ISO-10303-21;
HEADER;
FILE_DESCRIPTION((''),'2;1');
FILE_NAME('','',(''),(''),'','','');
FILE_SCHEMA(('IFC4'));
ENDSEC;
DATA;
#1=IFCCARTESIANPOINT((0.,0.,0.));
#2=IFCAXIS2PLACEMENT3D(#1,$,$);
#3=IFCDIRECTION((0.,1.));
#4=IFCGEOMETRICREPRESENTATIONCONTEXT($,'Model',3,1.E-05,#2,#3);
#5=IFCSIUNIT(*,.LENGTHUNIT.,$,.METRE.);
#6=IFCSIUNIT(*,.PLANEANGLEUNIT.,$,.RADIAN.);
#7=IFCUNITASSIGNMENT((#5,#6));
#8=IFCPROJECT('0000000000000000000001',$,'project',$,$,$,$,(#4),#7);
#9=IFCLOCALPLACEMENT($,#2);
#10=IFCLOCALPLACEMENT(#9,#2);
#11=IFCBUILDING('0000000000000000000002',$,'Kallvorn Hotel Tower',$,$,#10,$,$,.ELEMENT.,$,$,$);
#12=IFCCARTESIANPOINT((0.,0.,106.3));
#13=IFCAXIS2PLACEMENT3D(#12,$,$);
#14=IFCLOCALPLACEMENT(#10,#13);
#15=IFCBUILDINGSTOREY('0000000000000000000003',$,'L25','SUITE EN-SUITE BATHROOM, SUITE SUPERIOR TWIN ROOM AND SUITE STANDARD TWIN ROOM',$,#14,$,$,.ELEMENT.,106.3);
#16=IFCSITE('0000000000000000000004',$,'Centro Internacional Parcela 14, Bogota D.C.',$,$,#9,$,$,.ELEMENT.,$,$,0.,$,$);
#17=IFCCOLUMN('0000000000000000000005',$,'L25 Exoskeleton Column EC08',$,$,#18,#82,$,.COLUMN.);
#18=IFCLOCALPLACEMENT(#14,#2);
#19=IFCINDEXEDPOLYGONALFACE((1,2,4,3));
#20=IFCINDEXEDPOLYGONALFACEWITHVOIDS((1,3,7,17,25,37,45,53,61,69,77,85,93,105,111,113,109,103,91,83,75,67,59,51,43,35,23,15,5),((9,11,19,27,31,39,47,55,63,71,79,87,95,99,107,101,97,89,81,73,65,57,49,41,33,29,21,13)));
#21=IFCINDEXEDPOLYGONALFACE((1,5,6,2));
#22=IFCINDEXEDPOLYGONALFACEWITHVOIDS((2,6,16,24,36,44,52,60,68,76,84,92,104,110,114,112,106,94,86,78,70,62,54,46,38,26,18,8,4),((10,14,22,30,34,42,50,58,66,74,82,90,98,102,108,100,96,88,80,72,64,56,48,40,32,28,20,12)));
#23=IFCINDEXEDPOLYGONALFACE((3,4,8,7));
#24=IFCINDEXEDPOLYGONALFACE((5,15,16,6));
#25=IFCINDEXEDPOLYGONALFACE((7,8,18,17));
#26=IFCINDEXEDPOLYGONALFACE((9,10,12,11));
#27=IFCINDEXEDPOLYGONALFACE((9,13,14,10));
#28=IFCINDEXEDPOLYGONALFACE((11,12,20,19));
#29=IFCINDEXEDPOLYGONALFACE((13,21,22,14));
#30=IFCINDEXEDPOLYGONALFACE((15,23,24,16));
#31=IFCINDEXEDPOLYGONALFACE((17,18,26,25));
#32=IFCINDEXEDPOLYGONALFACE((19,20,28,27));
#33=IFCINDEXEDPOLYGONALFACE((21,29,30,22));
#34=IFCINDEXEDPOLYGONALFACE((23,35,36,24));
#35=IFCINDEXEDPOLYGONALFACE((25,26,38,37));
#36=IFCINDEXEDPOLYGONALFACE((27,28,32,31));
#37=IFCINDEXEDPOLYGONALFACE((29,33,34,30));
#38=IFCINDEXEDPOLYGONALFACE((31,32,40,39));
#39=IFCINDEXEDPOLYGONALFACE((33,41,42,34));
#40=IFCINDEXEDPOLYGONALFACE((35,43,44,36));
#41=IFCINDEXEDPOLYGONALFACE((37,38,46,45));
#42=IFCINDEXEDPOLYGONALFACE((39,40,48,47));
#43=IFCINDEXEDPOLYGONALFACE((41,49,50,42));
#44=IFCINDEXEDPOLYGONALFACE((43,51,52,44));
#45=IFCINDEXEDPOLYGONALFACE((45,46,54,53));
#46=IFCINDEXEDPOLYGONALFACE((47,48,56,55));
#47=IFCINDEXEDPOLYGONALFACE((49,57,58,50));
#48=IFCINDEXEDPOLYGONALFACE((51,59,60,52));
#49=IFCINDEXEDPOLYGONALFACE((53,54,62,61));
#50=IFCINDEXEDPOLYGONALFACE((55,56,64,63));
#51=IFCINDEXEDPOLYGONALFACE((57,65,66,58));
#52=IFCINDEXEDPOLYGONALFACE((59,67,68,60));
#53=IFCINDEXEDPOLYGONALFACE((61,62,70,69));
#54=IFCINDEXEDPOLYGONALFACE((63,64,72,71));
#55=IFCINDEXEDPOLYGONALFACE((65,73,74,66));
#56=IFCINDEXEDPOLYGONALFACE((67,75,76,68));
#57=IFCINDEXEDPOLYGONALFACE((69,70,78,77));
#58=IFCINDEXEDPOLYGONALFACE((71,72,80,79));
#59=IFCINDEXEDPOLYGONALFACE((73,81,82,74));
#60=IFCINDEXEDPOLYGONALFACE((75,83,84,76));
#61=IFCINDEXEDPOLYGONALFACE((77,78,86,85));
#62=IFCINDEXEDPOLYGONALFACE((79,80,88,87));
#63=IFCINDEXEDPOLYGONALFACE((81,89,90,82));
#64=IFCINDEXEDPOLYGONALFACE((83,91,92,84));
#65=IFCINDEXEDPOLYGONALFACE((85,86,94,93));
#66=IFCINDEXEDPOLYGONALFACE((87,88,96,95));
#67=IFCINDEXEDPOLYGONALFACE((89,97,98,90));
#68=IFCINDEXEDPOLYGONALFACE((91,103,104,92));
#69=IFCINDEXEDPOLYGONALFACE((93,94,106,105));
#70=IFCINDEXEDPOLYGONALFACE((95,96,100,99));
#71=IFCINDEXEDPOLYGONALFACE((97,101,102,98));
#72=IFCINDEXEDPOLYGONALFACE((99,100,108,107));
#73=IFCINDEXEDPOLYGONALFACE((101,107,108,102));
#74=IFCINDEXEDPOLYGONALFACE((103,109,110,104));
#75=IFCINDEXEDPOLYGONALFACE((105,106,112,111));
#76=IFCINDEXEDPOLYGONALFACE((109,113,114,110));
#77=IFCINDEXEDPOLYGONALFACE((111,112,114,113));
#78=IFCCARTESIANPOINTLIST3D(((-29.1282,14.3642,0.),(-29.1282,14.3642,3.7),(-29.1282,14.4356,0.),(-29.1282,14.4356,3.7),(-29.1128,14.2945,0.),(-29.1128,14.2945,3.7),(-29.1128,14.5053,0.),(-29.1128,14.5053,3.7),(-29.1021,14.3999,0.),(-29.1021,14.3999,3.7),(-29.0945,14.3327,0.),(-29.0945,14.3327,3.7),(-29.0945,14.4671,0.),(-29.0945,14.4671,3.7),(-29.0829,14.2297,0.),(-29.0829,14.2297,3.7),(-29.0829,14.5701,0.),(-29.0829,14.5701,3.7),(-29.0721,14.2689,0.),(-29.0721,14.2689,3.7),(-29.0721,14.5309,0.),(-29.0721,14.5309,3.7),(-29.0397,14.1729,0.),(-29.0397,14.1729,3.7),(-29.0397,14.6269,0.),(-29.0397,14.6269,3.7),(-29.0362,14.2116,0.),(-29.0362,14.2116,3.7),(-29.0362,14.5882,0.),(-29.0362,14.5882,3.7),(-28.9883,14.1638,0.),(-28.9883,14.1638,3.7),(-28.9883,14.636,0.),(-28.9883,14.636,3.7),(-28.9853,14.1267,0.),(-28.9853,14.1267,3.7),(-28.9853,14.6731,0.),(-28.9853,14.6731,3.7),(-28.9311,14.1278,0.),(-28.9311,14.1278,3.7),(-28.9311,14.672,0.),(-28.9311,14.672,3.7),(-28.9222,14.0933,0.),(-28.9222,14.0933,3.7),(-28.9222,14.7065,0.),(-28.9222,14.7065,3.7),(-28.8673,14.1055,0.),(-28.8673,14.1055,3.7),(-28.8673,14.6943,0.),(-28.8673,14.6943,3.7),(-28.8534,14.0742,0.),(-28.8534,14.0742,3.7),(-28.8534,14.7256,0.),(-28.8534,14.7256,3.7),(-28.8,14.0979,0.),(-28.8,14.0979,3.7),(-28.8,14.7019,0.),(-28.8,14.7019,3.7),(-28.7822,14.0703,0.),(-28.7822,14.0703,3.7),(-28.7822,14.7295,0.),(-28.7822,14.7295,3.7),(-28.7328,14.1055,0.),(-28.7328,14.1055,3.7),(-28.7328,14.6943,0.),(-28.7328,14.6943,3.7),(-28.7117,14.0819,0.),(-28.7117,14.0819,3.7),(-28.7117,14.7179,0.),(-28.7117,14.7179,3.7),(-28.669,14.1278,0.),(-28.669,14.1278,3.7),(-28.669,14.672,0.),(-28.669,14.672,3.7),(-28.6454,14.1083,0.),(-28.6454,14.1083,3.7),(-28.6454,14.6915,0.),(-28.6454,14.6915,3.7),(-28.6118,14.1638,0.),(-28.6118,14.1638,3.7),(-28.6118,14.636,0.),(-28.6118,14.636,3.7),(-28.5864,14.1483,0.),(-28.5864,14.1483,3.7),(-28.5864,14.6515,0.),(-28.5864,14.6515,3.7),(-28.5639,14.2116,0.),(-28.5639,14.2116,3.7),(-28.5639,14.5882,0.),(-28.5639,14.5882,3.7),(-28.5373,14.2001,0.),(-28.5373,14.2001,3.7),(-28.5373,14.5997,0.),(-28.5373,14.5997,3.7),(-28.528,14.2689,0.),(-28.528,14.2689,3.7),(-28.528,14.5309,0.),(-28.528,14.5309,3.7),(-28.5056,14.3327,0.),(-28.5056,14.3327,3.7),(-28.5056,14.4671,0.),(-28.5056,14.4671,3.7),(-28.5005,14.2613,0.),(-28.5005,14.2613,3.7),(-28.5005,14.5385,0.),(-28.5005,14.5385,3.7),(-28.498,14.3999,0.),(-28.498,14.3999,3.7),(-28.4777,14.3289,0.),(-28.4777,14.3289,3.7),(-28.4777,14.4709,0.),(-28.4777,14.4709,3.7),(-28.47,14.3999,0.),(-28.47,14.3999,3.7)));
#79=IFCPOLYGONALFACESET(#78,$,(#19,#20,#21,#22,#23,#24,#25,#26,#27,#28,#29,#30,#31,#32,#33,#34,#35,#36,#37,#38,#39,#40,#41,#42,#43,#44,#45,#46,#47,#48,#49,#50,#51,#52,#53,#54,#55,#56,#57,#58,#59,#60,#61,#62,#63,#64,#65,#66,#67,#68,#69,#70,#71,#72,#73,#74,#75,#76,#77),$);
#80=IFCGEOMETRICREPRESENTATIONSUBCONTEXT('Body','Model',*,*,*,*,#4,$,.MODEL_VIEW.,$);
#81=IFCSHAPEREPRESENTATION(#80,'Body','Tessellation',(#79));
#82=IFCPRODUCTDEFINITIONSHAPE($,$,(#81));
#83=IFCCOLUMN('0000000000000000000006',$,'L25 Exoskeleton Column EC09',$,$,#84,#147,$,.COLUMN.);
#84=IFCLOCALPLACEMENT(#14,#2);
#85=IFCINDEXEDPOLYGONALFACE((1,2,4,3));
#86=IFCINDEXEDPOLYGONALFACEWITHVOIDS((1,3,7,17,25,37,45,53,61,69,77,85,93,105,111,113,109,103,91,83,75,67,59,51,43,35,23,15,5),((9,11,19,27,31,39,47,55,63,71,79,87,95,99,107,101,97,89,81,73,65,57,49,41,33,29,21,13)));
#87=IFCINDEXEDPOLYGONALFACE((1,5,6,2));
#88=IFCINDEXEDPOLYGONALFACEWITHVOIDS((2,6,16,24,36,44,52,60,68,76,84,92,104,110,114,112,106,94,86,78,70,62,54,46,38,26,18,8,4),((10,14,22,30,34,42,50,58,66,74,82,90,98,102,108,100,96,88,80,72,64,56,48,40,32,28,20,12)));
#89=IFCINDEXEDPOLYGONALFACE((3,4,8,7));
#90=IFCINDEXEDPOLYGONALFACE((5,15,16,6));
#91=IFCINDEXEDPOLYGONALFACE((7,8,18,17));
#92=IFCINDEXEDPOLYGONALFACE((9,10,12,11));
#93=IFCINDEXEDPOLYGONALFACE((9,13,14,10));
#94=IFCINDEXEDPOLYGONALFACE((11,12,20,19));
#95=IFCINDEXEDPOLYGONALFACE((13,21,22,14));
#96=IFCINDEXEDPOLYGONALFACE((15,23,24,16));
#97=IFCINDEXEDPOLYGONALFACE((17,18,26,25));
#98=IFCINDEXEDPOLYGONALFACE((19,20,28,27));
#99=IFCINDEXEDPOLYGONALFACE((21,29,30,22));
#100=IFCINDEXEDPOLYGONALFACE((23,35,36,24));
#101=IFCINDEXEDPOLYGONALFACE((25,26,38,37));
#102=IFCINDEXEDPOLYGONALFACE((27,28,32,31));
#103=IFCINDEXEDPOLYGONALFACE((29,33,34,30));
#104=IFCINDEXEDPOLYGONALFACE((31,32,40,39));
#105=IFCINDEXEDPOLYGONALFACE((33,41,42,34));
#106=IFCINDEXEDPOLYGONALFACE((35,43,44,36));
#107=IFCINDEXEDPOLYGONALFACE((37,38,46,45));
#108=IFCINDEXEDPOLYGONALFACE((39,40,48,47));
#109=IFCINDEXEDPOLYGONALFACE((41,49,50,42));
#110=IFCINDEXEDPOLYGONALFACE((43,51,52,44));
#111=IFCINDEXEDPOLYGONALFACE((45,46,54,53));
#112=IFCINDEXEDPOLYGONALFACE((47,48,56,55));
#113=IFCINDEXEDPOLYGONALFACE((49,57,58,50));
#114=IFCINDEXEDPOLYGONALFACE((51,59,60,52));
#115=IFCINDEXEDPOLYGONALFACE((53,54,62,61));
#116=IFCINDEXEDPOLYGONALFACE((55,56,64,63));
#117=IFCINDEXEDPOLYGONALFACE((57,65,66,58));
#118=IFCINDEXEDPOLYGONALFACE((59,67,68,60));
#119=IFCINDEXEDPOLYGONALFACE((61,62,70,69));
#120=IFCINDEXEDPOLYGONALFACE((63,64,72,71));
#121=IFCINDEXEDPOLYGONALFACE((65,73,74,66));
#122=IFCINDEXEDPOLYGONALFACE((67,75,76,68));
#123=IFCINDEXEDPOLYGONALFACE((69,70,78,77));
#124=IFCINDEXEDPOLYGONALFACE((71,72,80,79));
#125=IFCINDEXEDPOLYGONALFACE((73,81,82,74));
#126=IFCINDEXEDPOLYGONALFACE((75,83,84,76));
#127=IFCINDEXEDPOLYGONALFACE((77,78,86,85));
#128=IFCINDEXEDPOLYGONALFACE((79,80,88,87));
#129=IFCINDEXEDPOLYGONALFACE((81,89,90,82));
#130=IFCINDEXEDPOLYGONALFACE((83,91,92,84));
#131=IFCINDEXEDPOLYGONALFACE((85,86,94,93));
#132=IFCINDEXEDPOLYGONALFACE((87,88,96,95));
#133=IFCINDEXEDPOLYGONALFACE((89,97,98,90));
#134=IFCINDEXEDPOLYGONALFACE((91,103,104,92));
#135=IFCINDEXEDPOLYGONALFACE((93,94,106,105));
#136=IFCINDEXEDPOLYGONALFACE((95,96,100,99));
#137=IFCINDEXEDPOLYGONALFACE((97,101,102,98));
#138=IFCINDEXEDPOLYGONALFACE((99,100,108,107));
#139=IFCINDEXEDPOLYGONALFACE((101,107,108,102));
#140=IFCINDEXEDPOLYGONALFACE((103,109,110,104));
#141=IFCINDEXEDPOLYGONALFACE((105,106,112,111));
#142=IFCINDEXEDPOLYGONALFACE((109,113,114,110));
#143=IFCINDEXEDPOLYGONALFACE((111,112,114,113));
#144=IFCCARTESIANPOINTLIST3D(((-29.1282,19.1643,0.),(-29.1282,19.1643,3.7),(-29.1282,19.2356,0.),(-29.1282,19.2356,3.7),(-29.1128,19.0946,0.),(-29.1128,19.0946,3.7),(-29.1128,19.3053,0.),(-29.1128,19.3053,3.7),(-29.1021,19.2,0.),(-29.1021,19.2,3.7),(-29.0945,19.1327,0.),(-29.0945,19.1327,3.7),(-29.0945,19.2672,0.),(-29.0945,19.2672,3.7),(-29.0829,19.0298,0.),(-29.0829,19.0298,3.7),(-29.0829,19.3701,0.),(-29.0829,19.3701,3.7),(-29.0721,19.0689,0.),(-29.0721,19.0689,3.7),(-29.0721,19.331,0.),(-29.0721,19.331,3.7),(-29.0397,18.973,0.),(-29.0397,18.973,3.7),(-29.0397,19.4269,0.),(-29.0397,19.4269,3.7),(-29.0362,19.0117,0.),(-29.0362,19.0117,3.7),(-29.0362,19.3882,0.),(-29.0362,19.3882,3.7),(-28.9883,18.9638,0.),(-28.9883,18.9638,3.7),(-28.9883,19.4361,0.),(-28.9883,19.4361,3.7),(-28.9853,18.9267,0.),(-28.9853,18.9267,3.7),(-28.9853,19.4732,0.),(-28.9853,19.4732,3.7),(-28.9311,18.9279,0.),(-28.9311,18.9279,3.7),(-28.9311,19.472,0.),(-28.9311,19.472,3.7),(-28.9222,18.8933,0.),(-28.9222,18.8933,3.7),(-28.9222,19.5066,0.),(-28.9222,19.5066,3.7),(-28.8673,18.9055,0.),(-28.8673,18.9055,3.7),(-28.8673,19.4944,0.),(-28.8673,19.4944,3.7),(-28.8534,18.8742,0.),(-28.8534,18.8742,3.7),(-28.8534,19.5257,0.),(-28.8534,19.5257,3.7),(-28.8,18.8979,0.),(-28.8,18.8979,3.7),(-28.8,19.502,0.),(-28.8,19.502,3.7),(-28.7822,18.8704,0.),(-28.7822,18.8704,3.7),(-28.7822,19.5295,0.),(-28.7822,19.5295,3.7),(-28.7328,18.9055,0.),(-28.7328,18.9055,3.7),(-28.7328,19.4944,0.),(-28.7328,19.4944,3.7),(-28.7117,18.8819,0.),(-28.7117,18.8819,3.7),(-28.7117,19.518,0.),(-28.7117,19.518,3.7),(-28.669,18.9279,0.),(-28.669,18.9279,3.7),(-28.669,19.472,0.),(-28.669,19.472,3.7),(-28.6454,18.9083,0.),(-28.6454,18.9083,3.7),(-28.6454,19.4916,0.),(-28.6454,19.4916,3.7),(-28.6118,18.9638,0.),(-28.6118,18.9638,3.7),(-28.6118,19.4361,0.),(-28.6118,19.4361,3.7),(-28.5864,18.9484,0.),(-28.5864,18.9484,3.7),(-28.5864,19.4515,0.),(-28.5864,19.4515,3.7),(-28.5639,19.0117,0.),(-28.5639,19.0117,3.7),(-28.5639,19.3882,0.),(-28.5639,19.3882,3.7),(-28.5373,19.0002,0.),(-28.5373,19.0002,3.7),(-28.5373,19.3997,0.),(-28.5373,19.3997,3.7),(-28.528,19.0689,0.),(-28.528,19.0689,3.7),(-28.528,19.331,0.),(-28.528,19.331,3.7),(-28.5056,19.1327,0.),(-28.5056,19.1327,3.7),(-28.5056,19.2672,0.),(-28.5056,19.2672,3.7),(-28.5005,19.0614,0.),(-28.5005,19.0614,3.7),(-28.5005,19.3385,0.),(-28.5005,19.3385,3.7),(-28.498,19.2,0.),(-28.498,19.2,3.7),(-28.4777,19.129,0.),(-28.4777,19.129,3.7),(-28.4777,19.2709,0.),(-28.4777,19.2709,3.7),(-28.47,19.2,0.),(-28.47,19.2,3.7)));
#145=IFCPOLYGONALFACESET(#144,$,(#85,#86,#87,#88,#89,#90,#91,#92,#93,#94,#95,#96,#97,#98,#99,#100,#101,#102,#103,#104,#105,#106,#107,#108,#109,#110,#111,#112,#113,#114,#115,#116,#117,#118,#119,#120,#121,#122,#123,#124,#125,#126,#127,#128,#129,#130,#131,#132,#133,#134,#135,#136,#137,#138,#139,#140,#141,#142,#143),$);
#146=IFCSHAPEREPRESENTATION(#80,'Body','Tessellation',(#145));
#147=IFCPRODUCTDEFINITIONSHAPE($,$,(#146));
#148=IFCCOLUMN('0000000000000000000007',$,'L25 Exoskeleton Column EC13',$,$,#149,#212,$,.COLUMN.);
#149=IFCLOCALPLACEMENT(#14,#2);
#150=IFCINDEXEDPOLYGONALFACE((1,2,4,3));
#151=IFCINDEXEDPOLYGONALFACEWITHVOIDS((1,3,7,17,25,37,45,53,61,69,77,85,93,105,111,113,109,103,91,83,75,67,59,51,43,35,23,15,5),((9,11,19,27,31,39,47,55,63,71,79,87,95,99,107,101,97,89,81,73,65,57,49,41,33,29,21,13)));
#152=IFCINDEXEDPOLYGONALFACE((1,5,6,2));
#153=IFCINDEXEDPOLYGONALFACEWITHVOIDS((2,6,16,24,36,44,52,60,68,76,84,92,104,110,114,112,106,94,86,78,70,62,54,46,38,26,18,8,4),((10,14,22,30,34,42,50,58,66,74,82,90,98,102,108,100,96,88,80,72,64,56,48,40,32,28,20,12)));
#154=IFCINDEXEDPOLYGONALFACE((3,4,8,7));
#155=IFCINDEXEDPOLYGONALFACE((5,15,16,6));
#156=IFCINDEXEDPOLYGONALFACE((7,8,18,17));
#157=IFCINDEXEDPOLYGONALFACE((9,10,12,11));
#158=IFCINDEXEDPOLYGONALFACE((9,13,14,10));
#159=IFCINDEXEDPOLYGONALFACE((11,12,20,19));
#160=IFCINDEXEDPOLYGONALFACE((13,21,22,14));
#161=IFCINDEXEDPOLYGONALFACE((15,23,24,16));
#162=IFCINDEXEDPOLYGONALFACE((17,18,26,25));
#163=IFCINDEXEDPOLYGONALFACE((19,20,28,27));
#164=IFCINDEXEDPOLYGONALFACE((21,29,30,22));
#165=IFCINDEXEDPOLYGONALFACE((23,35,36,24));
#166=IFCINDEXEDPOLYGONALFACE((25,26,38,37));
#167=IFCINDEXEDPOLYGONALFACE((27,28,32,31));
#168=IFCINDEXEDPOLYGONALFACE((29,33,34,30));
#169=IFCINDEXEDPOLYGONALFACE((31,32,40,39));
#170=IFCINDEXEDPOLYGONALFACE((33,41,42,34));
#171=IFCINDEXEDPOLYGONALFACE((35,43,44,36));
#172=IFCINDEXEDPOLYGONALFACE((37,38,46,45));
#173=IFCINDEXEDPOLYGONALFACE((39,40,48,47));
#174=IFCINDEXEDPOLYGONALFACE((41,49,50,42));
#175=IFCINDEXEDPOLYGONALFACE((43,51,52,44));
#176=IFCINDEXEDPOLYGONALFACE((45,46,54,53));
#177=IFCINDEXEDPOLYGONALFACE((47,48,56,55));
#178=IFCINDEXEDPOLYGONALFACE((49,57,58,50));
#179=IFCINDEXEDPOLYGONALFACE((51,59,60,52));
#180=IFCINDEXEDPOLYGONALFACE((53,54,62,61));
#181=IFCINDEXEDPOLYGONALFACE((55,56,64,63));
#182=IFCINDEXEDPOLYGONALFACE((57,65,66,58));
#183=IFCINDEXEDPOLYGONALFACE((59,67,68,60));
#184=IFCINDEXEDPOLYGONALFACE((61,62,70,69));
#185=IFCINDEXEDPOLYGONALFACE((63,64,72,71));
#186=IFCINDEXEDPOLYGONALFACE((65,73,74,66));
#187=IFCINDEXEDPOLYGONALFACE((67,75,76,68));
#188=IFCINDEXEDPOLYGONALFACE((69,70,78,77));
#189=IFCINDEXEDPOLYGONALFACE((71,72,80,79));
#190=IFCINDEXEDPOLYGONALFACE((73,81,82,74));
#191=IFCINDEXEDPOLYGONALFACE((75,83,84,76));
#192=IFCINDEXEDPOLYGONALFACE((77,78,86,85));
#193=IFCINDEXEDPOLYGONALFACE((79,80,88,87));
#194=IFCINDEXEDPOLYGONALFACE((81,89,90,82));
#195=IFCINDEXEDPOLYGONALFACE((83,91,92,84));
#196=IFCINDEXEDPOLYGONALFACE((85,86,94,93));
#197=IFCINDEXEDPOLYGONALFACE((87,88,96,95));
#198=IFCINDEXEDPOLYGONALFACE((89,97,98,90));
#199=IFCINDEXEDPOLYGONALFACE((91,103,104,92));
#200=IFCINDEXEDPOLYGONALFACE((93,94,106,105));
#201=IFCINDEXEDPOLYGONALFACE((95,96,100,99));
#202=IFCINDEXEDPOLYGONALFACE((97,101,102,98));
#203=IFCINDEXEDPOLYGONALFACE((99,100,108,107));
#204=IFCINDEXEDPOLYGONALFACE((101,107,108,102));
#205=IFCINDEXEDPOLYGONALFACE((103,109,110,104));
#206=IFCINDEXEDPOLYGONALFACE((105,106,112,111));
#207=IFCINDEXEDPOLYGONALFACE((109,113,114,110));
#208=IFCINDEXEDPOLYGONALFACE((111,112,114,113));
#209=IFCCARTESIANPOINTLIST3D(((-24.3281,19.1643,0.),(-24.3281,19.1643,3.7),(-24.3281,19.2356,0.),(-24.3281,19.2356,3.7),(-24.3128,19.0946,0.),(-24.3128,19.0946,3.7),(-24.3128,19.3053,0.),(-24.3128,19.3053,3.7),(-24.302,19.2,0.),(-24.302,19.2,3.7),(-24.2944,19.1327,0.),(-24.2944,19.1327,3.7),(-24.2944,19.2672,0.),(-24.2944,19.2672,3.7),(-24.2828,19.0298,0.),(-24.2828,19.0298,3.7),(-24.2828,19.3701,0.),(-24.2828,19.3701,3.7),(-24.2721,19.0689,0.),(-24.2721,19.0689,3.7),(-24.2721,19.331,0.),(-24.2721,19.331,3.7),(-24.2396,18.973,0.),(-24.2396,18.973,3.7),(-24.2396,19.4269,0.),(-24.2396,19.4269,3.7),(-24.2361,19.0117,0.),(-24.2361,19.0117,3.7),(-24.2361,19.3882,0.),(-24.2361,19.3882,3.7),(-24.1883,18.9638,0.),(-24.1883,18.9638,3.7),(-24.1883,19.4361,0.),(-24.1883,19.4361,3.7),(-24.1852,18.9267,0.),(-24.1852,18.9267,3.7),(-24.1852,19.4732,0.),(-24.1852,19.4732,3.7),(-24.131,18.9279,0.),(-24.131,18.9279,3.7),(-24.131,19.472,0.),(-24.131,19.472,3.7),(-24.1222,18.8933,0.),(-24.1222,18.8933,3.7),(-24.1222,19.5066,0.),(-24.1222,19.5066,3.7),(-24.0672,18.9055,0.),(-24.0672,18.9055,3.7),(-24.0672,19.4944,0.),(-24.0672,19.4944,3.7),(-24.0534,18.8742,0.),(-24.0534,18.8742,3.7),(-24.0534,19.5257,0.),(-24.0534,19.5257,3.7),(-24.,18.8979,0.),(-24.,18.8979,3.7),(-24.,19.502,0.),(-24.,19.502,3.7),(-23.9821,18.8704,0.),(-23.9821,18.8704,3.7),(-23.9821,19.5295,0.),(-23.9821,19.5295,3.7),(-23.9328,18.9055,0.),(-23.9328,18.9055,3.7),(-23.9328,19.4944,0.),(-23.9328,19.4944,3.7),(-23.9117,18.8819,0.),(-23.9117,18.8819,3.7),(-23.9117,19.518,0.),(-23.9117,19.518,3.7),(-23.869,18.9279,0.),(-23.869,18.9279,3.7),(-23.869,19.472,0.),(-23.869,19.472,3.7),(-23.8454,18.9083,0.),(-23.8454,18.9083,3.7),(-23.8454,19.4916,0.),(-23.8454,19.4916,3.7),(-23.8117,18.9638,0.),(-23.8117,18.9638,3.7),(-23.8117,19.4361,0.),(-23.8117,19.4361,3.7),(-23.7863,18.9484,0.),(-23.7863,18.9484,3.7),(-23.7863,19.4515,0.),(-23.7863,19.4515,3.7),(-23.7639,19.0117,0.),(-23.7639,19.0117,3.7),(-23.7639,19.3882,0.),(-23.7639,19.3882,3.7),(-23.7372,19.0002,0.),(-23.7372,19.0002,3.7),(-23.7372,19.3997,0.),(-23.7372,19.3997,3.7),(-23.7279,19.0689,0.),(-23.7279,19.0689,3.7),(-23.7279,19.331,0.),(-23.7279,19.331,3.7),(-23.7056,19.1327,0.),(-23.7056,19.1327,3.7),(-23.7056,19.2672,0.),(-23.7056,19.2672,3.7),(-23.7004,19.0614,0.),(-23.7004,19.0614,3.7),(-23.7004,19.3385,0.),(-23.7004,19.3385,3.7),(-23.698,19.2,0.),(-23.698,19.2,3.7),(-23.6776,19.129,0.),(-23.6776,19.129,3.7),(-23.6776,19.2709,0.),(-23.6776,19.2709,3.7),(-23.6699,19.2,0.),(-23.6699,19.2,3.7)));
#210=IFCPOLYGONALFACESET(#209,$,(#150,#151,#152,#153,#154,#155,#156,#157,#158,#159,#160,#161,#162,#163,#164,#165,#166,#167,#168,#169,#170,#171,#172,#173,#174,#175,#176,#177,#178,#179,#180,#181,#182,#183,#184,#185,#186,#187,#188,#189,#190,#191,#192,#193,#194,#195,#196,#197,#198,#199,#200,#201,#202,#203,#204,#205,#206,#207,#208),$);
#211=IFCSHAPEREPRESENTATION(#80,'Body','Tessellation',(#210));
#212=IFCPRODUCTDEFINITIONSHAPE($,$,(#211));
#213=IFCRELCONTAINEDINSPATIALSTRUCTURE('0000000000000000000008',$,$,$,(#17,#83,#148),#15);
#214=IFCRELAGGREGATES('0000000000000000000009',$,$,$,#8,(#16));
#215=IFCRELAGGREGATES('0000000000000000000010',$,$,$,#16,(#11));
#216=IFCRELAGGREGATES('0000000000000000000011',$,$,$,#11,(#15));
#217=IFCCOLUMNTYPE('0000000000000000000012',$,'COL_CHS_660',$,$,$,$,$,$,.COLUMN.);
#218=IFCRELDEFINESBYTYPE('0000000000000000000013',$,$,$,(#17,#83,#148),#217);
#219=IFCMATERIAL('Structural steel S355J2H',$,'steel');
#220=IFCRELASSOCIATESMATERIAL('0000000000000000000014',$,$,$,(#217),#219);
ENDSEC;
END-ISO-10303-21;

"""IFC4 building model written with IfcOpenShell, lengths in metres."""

from ifc_helpers import new_model, si_unit, direction, frame, origin, origin_2d, place, context, subcontext, project, spatial, hollow_circle, extrude, material, material_profile, profile_set, type_object, element, save


model = new_model("IFC4")

# Units and contexts
model_context = context("Model", 3, precision=1e-05, world=origin(), true_north=direction((0.0, 1.0)))
body_context = subcontext(model_context, "Body", "Model", "MODEL_VIEW")
ifc_project = project(units=[si_unit("LENGTHUNIT", "METRE"), si_unit("PLANEANGLEUNIT", "RADIAN")], contexts=[model_context])

# Site, building, storey
site_placement = place(None, origin())
site = spatial("IfcSite", under=ifc_project, at=site_placement, Name="Centro Internacional Parcela 14, Bogota D.C.", CompositionType="ELEMENT", RefElevation=0.0)
building_placement = place(site_placement, origin())
building = spatial("IfcBuilding", under=site, at=building_placement, Name="Kallvorn Hotel Tower", CompositionType="ELEMENT")
storey_placement = place(building_placement, frame((0.0, 0.0, 106.3)))
storey = spatial("IfcBuildingStorey", under=building, at=storey_placement, Name="L25", Description="SUITE EN-SUITE BATHROOM, SUITE SUPERIOR TWIN ROOM AND SUITE STANDARD TWIN ROOM", CompositionType="ELEMENT", Elevation=106.3)

# Columns
ifc_material_1 = material(Name="Structural steel S355J2H", Category="steel")
ifc_material_profile_1 = material_profile(ifc_material_1, hollow_circle(Radius=0.3301, WallThickness=0.0281, at=origin_2d()), Name="CHS 660x28")
ifc_profile_set_1 = profile_set([ifc_material_profile_1], Name="Structural steel S355J2H")
column_type_1 = type_object("IfcColumnType", Name="COL_CHS_660", PredefinedType="COLUMN", material=ifc_profile_set_1)
for number, where, z_axis, x_axis, name in (
    (1, (-28.8, 14.3999, 0.0), (0.0, 0.0, 1.0), (1.0, 0.0, 0.0), "L25 Exoskeleton Column EC08"),
    (2, (-28.8, 19.2, 0.0), (0.0, 0.0, 1.0), (1.0, 0.0, 0.0), "L25 Exoskeleton Column EC09"),
    (3, (-24.0, 19.2, 0.0), (0.0, 0.0, 1.0), (1.0, 0.0, 0.0), "L25 Exoskeleton Column EC13"),
):
    element("IfcColumn", number, at=place(storey_placement, frame(where, z_axis=z_axis, x_axis=x_axis)), inside=storey, type_object=column_type_1, Name=name, PredefinedType="COLUMN", context=body_context, shape_type="SweptSolid", body=[
        extrude(hollow_circle(Radius=0.3301, WallThickness=0.0281, at=origin_2d()), origin(), (0.0, 0.0, 1.0), 3.7),
    ])

save(model, "model.ifc")
